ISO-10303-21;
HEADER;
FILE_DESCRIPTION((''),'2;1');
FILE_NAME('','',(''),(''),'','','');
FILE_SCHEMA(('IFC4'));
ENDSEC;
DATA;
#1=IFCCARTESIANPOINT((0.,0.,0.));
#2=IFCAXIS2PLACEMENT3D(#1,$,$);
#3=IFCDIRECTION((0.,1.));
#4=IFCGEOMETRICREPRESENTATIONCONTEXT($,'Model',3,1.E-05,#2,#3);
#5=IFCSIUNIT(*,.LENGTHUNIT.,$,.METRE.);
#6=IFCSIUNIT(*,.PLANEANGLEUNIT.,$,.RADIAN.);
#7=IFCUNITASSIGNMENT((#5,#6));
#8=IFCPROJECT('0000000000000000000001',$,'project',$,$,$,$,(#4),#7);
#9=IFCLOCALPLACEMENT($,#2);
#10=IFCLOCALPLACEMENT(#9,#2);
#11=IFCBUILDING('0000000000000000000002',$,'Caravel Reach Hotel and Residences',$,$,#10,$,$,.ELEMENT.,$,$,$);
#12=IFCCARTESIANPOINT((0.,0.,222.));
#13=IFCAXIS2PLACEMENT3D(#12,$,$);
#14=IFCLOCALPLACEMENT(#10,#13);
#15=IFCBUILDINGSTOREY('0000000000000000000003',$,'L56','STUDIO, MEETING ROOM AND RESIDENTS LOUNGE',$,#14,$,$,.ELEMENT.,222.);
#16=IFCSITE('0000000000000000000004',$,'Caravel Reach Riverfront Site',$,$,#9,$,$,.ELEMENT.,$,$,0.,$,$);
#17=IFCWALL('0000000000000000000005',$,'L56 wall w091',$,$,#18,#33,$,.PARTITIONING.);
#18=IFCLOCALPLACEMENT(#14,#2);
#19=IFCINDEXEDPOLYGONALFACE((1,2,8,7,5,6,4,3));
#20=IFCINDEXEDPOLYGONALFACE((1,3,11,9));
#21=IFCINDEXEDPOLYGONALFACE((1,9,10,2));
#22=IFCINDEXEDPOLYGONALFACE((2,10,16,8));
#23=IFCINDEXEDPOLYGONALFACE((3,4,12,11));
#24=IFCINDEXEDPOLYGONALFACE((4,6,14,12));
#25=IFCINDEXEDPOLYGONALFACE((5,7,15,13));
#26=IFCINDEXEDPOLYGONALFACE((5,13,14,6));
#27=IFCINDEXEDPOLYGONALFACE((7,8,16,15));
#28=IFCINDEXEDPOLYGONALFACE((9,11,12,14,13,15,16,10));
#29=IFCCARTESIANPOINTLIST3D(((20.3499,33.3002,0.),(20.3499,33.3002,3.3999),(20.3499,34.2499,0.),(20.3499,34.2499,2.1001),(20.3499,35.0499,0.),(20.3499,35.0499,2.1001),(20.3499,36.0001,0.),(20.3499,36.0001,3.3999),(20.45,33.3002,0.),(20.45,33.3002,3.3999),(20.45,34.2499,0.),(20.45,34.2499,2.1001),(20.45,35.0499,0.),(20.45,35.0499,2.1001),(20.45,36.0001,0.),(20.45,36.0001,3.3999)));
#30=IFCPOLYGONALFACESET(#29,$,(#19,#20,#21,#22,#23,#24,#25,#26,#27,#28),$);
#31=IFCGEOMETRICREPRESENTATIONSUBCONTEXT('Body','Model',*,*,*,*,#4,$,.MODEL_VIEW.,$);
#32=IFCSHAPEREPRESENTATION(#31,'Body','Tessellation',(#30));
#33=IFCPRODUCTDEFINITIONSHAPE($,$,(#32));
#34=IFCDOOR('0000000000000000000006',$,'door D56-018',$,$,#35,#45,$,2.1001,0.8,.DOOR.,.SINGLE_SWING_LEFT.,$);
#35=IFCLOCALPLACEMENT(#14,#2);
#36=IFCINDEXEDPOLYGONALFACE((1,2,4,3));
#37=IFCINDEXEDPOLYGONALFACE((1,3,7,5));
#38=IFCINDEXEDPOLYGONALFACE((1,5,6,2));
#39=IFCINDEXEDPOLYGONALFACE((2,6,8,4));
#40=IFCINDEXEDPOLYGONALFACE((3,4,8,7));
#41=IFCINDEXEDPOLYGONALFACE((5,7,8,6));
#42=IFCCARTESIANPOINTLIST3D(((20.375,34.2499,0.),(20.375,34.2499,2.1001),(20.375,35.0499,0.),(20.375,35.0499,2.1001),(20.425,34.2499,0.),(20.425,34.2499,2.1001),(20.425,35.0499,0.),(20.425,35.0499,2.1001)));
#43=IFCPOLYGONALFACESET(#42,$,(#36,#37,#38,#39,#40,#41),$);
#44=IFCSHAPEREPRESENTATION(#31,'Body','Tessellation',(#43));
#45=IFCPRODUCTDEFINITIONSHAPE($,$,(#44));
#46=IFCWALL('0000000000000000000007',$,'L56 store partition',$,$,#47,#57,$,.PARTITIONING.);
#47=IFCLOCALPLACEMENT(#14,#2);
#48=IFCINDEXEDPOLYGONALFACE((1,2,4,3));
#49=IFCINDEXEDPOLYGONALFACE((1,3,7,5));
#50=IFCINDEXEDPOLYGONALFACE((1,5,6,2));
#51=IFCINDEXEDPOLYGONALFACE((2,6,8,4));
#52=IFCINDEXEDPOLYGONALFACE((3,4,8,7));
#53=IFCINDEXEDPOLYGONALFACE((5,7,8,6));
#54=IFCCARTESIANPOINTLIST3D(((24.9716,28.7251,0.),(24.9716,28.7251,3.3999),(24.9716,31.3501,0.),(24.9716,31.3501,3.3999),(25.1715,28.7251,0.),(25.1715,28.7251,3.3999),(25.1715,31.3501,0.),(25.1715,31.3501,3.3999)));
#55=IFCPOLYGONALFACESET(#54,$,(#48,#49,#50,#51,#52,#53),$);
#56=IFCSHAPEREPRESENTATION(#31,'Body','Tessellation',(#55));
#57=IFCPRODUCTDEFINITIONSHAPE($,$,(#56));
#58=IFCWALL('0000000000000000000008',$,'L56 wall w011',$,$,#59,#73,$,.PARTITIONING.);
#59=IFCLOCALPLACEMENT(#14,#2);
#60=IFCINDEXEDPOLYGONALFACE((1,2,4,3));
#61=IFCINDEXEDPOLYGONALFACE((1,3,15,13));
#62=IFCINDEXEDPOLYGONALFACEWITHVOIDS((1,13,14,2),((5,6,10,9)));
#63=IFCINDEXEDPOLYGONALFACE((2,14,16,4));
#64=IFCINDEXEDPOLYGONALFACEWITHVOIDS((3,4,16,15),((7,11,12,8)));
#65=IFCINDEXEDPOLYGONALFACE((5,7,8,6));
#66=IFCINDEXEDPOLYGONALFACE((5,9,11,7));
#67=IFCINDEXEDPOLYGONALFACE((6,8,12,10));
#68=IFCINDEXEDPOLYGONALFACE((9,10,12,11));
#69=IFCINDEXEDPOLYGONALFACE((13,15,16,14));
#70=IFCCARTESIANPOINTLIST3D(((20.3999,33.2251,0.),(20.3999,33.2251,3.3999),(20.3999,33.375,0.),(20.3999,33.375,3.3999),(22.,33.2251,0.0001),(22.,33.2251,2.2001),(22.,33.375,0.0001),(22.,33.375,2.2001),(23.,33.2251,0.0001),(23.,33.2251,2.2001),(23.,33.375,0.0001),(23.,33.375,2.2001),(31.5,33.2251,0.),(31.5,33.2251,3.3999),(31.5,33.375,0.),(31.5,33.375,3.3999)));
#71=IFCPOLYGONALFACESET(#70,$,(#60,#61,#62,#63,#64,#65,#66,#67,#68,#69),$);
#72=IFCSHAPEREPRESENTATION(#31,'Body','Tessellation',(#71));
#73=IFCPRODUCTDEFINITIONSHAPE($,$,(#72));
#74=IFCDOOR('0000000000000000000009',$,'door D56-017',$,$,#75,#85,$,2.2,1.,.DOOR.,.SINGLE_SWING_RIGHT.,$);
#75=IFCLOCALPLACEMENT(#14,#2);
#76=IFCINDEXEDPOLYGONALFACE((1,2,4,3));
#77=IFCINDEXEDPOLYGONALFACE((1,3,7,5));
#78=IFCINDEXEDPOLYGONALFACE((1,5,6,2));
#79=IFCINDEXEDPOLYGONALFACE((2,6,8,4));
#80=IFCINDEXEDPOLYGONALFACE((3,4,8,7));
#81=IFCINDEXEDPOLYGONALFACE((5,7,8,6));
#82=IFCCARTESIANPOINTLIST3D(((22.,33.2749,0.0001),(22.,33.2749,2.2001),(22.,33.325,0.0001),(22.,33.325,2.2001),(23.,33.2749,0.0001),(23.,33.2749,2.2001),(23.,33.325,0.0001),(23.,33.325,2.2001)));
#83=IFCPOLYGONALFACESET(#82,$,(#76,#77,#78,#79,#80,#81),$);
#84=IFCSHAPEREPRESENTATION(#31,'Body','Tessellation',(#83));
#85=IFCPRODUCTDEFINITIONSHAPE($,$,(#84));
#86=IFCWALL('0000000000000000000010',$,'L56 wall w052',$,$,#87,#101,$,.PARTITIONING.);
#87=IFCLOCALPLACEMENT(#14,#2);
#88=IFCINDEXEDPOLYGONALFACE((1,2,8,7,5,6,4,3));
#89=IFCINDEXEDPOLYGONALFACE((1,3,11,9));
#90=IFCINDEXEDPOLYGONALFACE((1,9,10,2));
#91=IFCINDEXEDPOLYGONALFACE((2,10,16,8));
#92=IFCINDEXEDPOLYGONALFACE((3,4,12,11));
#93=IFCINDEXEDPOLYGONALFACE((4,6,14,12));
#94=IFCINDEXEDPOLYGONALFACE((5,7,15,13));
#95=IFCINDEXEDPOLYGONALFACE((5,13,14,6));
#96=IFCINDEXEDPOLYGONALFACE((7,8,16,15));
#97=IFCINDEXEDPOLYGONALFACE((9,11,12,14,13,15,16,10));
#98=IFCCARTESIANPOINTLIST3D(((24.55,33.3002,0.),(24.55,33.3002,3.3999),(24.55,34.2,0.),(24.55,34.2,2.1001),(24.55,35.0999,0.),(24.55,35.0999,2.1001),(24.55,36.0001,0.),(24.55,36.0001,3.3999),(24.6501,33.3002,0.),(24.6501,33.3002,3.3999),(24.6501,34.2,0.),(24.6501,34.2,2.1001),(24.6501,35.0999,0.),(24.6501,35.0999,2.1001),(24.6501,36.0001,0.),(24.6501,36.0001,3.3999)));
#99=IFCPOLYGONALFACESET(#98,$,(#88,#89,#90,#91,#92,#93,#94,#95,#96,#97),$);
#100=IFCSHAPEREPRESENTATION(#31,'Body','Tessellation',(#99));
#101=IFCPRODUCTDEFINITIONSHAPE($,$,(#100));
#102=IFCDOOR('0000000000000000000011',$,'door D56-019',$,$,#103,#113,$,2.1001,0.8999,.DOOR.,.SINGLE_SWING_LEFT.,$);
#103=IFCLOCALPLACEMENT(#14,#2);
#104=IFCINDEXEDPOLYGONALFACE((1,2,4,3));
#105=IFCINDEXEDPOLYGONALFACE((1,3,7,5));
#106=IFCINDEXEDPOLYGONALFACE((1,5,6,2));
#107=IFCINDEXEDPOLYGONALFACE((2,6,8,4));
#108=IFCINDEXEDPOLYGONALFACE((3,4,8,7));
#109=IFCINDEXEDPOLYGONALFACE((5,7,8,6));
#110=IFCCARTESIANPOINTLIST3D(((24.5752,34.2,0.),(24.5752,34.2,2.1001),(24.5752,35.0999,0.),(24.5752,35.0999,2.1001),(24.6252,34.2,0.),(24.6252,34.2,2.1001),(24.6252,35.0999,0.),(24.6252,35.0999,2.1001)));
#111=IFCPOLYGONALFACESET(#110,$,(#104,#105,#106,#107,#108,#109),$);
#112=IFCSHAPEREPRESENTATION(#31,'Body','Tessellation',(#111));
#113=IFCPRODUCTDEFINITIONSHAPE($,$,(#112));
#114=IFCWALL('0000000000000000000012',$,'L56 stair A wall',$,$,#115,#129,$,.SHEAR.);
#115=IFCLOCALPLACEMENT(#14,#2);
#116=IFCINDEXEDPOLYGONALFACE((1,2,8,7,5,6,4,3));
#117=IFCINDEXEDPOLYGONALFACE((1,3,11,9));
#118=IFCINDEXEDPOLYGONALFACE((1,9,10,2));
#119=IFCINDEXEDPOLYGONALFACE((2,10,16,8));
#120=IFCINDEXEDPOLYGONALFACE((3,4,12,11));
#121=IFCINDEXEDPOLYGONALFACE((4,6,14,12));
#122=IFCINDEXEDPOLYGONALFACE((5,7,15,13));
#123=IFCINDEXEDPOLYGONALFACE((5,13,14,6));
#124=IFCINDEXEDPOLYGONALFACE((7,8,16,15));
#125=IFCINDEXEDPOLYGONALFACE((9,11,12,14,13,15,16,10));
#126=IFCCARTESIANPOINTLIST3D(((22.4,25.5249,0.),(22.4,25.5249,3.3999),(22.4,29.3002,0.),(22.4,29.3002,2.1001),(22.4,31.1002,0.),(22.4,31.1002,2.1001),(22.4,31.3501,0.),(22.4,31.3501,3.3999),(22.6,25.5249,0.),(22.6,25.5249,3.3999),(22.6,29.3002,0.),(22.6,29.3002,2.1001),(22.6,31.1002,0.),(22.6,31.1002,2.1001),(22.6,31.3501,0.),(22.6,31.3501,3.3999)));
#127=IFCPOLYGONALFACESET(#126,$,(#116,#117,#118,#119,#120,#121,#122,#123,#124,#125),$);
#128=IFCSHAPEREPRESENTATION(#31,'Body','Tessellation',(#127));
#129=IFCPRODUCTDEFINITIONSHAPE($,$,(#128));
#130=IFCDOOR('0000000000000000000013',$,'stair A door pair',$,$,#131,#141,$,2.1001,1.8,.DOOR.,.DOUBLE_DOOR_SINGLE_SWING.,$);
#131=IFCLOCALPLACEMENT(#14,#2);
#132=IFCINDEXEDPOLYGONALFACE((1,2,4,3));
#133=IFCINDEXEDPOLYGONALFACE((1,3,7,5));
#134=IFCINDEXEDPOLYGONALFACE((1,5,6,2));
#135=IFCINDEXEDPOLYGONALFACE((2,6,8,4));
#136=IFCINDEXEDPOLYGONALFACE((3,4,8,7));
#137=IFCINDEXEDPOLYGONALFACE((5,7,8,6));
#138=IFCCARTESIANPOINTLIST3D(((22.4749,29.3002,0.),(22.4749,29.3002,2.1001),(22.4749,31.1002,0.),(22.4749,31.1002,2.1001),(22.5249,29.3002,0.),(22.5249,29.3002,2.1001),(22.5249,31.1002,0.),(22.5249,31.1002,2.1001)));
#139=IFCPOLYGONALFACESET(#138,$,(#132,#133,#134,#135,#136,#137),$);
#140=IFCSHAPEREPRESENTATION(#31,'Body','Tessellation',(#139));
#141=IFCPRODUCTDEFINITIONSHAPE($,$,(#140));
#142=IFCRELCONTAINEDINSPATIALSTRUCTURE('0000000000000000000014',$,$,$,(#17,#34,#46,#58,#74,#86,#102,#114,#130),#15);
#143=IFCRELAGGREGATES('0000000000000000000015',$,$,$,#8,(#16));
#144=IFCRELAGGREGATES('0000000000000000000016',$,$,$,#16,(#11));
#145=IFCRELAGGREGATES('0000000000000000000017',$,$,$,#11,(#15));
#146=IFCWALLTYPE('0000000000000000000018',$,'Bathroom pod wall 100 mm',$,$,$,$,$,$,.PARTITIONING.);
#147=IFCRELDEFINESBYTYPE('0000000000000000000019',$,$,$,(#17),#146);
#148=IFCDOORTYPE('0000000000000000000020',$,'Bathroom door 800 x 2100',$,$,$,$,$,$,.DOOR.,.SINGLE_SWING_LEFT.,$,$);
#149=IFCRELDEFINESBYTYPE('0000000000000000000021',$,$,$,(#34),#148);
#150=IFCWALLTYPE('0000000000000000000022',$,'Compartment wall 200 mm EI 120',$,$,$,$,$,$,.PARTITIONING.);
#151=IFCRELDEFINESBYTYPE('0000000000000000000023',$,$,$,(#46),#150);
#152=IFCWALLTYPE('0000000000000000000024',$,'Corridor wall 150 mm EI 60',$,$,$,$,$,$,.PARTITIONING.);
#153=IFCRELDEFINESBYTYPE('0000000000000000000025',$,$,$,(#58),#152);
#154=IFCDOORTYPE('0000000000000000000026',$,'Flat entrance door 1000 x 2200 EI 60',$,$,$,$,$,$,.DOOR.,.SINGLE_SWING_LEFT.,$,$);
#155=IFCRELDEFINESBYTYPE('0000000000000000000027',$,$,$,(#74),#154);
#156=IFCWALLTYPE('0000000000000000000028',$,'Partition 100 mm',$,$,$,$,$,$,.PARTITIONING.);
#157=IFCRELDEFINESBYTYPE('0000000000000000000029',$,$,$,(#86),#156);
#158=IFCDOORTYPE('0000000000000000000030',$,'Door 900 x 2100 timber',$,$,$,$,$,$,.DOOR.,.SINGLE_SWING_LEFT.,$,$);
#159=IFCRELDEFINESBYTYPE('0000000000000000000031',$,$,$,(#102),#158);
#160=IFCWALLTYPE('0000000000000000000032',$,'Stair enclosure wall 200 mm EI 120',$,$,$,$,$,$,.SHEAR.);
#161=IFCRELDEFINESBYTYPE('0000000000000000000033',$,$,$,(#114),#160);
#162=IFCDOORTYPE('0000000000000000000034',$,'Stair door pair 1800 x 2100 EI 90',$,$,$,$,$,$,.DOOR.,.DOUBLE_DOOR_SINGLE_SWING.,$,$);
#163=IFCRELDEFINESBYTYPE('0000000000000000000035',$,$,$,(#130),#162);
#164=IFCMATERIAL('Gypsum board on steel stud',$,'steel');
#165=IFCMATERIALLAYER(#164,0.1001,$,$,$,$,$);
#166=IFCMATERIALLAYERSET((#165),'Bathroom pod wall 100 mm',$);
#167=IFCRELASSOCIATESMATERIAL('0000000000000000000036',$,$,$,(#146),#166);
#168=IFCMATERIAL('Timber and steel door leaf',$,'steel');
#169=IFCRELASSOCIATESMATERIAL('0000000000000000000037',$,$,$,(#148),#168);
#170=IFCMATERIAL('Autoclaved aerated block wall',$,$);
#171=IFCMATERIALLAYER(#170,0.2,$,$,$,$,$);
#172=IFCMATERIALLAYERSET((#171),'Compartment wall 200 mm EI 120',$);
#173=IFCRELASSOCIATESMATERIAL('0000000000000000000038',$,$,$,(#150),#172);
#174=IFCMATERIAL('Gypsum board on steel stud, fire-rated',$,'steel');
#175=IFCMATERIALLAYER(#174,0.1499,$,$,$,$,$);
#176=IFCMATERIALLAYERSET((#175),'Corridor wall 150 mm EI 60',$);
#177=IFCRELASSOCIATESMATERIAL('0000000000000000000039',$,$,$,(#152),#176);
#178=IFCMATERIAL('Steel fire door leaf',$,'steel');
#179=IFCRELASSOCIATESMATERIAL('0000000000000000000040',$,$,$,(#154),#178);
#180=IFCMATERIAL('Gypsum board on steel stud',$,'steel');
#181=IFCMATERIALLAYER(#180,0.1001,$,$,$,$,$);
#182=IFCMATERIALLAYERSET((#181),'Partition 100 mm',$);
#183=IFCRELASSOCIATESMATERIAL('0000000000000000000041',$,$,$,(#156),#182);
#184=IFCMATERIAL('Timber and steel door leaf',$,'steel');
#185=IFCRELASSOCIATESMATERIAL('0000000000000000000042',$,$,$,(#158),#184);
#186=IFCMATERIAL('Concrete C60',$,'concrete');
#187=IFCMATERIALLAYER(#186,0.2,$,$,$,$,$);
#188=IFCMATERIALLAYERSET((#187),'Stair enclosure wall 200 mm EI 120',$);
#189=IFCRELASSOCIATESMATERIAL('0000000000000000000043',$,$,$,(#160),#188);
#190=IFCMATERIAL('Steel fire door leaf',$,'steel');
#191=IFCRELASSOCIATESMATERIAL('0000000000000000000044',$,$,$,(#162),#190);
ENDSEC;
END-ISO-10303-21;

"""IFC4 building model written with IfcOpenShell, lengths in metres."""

from ifc_helpers import new_model, si_unit, direction, frame, frame_2d, origin, place, context, subcontext, project, spatial, rectangle, extrude, material, layer, layer_set, type_object, element, fill, save


model = new_model("IFC4")

# Units and contexts
model_context = context("Model", 3, precision=1e-05, world=origin(), true_north=direction((0.0, 1.0)))
body_context = subcontext(model_context, "Body", "Model", "MODEL_VIEW")
ifc_project = project(units=[si_unit("LENGTHUNIT", "METRE"), si_unit("PLANEANGLEUNIT", "RADIAN")], contexts=[model_context])

# Site, building, storey
site_placement = place(None, origin())
site = spatial("IfcSite", under=ifc_project, at=site_placement, Name="Caravel Reach Riverfront Site", CompositionType="ELEMENT", RefElevation=0.0)
building_placement = place(site_placement, origin())
building = spatial("IfcBuilding", under=site, at=building_placement, Name="Caravel Reach Hotel and Residences", CompositionType="ELEMENT")
storey_placement = place(building_placement, frame((0.0, 0.0, 222.0)))
storey = spatial("IfcBuildingStorey", under=building, at=storey_placement, Name="L56", Description="STUDIO, MEETING ROOM AND RESIDENTS LOUNGE", CompositionType="ELEMENT", Elevation=222.0)

# Wall, opening, door
ifc_material_1 = material(Name="Gypsum board on steel stud", Category="steel")
ifc_layer_1 = layer(ifc_material_1, 0.1001)
ifc_layer_set_1 = layer_set([ifc_layer_1], Name="Bathroom pod wall 100 mm")
wall_type_1 = type_object("IfcWallType", Name="Bathroom pod wall 100 mm", PredefinedType="PARTITIONING", material=ifc_layer_set_1)
wall_1_placement = place(storey_placement, frame((20.3999, 33.3, 0.0), z_axis=(0.0, 0.0, 1.0), x_axis=(0.0, 1.0, 0.0)))
wall_1 = element("IfcWall", 1, at=wall_1_placement, inside=storey, type_object=wall_type_1, Name="L56 wall w091", PredefinedType="PARTITIONING", context=body_context, shape_type="SweptSolid", body=[
    extrude(rectangle(XDim=2.7, YDim=0.1001, at=frame_2d((1.3501, 0.0))), origin(), (0.0, 0.0, 1.0), 3.3999),
])
opening_1_placement = place(wall_1_placement, frame((0.95, 0.0, 0.0)))
opening_1 = element("IfcOpeningElement", 2, at=opening_1_placement, cuts=wall_1, PredefinedType="OPENING", context=body_context, shape_type="SweptSolid", body=[
    extrude(rectangle(XDim=0.8, YDim=2.1001, at=frame_2d((0.3999, 1.05))), frame((0.0, 0.0601, 0.0), z_axis=(0.0, -1.0, 0.0), x_axis=(1.0, 0.0, 0.0)), (0.0, 0.0, 1.0), 0.1201),
])
ifc_material_2 = material(Name="Timber and steel door leaf", Category="steel")
door_type_1 = type_object("IfcDoorType", Name="Bathroom door 800 x 2100", OperationType="SINGLE_SWING_LEFT", PredefinedType="DOOR", material=ifc_material_2)
door_1_placement = place(opening_1_placement, origin())
door_1 = element("IfcDoor", 3, at=door_1_placement, inside=storey, type_object=door_type_1, Name="door D56-018", OperationType="SINGLE_SWING_LEFT", OverallHeight=2.1001, OverallWidth=0.8, PredefinedType="DOOR", context=body_context, shape_type="SweptSolid", body=[
    extrude(rectangle(XDim=0.8, YDim=2.1001, at=frame_2d((0.3999, 1.05))), frame((0.0, 0.0249, 0.0), z_axis=(0.0, -1.0, 0.0), x_axis=(1.0, 0.0, 0.0)), (0.0, 0.0, 1.0), 0.05),
])
fill(opening_1, door_1)

# Wall
ifc_material_3 = material(Name="Autoclaved aerated block wall")
ifc_layer_2 = layer(ifc_material_3, 0.2)
ifc_layer_set_2 = layer_set([ifc_layer_2], Name="Compartment wall 200 mm EI 120")
wall_type_2 = type_object("IfcWallType", Name="Compartment wall 200 mm EI 120", PredefinedType="PARTITIONING", material=ifc_layer_set_2)
wall_2_placement = place(storey_placement, frame((25.0715, 28.7251, 0.0), z_axis=(0.0, 0.0, 1.0), x_axis=(0.0, 1.0, 0.0)))
element("IfcWall", 4, at=wall_2_placement, inside=storey, type_object=wall_type_2, Name="L56 store partition", PredefinedType="PARTITIONING", context=body_context, shape_type="SweptSolid", body=[
    extrude(rectangle(XDim=2.625, YDim=0.2, at=frame_2d((1.3125, 0.0))), origin(), (0.0, 0.0, 1.0), 3.3999),
])

# Walls, openings, doors
ifc_material_4 = material(Name="Gypsum board on steel stud, fire-rated", Category="steel")
ifc_layer_3 = layer(ifc_material_4, 0.1499)
ifc_layer_set_3 = layer_set([ifc_layer_3], Name="Corridor wall 150 mm EI 60")
wall_type_3 = type_object("IfcWallType", Name="Corridor wall 150 mm EI 60", PredefinedType="PARTITIONING", material=ifc_layer_set_3)
wall_3_placement = place(storey_placement, frame((20.3999, 33.3, 0.0), z_axis=(0.0, 0.0, 1.0), x_axis=(1.0, 0.0, 0.0)))
wall_3 = element("IfcWall", 5, at=wall_3_placement, inside=storey, type_object=wall_type_3, Name="L56 wall w011", PredefinedType="PARTITIONING", context=body_context, shape_type="SweptSolid", body=[
    extrude(rectangle(XDim=11.1001, YDim=0.1499, at=frame_2d((5.55, 0.0))), origin(), (0.0, 0.0, 1.0), 3.3999),
])
opening_2_placement = place(wall_3_placement, frame((1.6001, 0.0, 0.0)))
opening_2 = element("IfcOpeningElement", 6, at=opening_2_placement, cuts=wall_3, PredefinedType="OPENING", context=body_context, shape_type="SweptSolid", body=[
    extrude(rectangle(XDim=1.0, YDim=2.2, at=frame_2d((0.5, 1.1001))), frame((0.0, 0.085, 0.0), z_axis=(0.0, -1.0, 0.0), x_axis=(1.0, 0.0, 0.0)), (0.0, 0.0, 1.0), 0.1699),
])
ifc_material_5 = material(Name="Steel fire door leaf", Category="steel")
door_type_2 = type_object("IfcDoorType", Name="Flat entrance door 1000 x 2200 EI 60", OperationType="SINGLE_SWING_LEFT", PredefinedType="DOOR", material=ifc_material_5)
door_2_placement = place(opening_2_placement, origin())
door_2 = element("IfcDoor", 7, at=door_2_placement, inside=storey, type_object=door_type_2, Name="door D56-017", OperationType="SINGLE_SWING_RIGHT", OverallHeight=2.2, OverallWidth=1.0, PredefinedType="DOOR", context=body_context, shape_type="SweptSolid", body=[
    extrude(rectangle(XDim=1.0, YDim=2.2, at=frame_2d((0.5, 1.1001))), frame((0.0, 0.0249, 0.0), z_axis=(0.0, -1.0, 0.0), x_axis=(1.0, 0.0, 0.0)), (0.0, 0.0, 1.0), 0.05),
])
fill(opening_2, door_2)
ifc_material_6 = material(Name="Gypsum board on steel stud", Category="steel")
ifc_layer_4 = layer(ifc_material_6, 0.1001)
ifc_layer_set_4 = layer_set([ifc_layer_4], Name="Partition 100 mm")
wall_type_4 = type_object("IfcWallType", Name="Partition 100 mm", PredefinedType="PARTITIONING", material=ifc_layer_set_4)
wall_4_placement = place(storey_placement, frame((24.6001, 33.3, 0.0), z_axis=(0.0, 0.0, 1.0), x_axis=(0.0, 1.0, 0.0)))
wall_4 = element("IfcWall", 8, at=wall_4_placement, inside=storey, type_object=wall_type_4, Name="L56 wall w052", PredefinedType="PARTITIONING", context=body_context, shape_type="SweptSolid", body=[
    extrude(rectangle(XDim=2.7, YDim=0.1001, at=frame_2d((1.3501, 0.0))), origin(), (0.0, 0.0, 1.0), 3.3999),
])
opening_3_placement = place(wall_4_placement, frame((0.8999, 0.0, 0.0)))
opening_3 = element("IfcOpeningElement", 9, at=opening_3_placement, cuts=wall_4, PredefinedType="OPENING", context=body_context, shape_type="SweptSolid", body=[
    extrude(rectangle(XDim=0.8999, YDim=2.1001, at=frame_2d((0.45, 1.05))), frame((0.0, 0.0601, 0.0), z_axis=(0.0, -1.0, 0.0), x_axis=(1.0, 0.0, 0.0)), (0.0, 0.0, 1.0), 0.1201),
])
ifc_material_7 = material(Name="Timber and steel door leaf", Category="steel")
door_type_3 = type_object("IfcDoorType", Name="Door 900 x 2100 timber", OperationType="SINGLE_SWING_LEFT", PredefinedType="DOOR", material=ifc_material_7)
door_3_placement = place(opening_3_placement, origin())
door_3 = element("IfcDoor", 10, at=door_3_placement, inside=storey, type_object=door_type_3, Name="door D56-019", OperationType="SINGLE_SWING_LEFT", OverallHeight=2.1001, OverallWidth=0.8999, PredefinedType="DOOR", context=body_context, shape_type="SweptSolid", body=[
    extrude(rectangle(XDim=0.8999, YDim=2.1001, at=frame_2d((0.45, 1.05))), frame((0.0, 0.0249, 0.0), z_axis=(0.0, -1.0, 0.0), x_axis=(1.0, 0.0, 0.0)), (0.0, 0.0, 1.0), 0.05),
])
fill(opening_3, door_3)
ifc_material_8 = material(Name="Concrete C60", Category="concrete")
ifc_layer_5 = layer(ifc_material_8, 0.2)
ifc_layer_set_5 = layer_set([ifc_layer_5], Name="Stair enclosure wall 200 mm EI 120")
wall_type_5 = type_object("IfcWallType", Name="Stair enclosure wall 200 mm EI 120", PredefinedType="SHEAR", material=ifc_layer_set_5)
wall_5_placement = place(storey_placement, frame((22.5, 31.3501, 0.0), z_axis=(0.0, 0.0, 1.0), x_axis=(0.0, -1.0, 0.0)))
wall_5 = element("IfcWall", 11, at=wall_5_placement, inside=storey, type_object=wall_type_5, Name="L56 stair A wall", PredefinedType="SHEAR", context=body_context, shape_type="SweptSolid", body=[
    extrude(rectangle(XDim=5.8252, YDim=0.2, at=frame_2d((2.9126, 0.0))), origin(), (0.0, 0.0, 1.0), 3.3999),
])
opening_4_placement = place(wall_5_placement, frame((0.25, 0.0, 0.0)))
opening_4 = element("IfcOpeningElement", 12, at=opening_4_placement, cuts=wall_5, PredefinedType="OPENING", context=body_context, shape_type="SweptSolid", body=[
    extrude(rectangle(XDim=1.8, YDim=2.1001, at=frame_2d((0.8999, 1.05))), frame((0.0, 0.1099, 0.0), z_axis=(0.0, -1.0, 0.0), x_axis=(1.0, 0.0, 0.0)), (0.0, 0.0, 1.0), 0.22),
])
ifc_material_9 = material(Name="Steel fire door leaf", Category="steel")
door_type_4 = type_object("IfcDoorType", Name="Stair door pair 1800 x 2100 EI 90", OperationType="DOUBLE_DOOR_SINGLE_SWING", PredefinedType="DOOR", material=ifc_material_9)
door_4_placement = place(opening_4_placement, origin())
door_4 = element("IfcDoor", 13, at=door_4_placement, inside=storey, type_object=door_type_4, Name="stair A door pair", OperationType="DOUBLE_DOOR_SINGLE_SWING", OverallHeight=2.1001, OverallWidth=1.8, PredefinedType="DOOR", context=body_context, shape_type="SweptSolid", body=[
    extrude(rectangle(XDim=1.8, YDim=2.1001, at=frame_2d((0.8999, 1.05))), frame((0.0, 0.0249, 0.0), z_axis=(0.0, -1.0, 0.0), x_axis=(1.0, 0.0, 0.0)), (0.0, 0.0, 1.0), 0.05),
])
fill(opening_4, door_4)

save(model, "model.ifc")
